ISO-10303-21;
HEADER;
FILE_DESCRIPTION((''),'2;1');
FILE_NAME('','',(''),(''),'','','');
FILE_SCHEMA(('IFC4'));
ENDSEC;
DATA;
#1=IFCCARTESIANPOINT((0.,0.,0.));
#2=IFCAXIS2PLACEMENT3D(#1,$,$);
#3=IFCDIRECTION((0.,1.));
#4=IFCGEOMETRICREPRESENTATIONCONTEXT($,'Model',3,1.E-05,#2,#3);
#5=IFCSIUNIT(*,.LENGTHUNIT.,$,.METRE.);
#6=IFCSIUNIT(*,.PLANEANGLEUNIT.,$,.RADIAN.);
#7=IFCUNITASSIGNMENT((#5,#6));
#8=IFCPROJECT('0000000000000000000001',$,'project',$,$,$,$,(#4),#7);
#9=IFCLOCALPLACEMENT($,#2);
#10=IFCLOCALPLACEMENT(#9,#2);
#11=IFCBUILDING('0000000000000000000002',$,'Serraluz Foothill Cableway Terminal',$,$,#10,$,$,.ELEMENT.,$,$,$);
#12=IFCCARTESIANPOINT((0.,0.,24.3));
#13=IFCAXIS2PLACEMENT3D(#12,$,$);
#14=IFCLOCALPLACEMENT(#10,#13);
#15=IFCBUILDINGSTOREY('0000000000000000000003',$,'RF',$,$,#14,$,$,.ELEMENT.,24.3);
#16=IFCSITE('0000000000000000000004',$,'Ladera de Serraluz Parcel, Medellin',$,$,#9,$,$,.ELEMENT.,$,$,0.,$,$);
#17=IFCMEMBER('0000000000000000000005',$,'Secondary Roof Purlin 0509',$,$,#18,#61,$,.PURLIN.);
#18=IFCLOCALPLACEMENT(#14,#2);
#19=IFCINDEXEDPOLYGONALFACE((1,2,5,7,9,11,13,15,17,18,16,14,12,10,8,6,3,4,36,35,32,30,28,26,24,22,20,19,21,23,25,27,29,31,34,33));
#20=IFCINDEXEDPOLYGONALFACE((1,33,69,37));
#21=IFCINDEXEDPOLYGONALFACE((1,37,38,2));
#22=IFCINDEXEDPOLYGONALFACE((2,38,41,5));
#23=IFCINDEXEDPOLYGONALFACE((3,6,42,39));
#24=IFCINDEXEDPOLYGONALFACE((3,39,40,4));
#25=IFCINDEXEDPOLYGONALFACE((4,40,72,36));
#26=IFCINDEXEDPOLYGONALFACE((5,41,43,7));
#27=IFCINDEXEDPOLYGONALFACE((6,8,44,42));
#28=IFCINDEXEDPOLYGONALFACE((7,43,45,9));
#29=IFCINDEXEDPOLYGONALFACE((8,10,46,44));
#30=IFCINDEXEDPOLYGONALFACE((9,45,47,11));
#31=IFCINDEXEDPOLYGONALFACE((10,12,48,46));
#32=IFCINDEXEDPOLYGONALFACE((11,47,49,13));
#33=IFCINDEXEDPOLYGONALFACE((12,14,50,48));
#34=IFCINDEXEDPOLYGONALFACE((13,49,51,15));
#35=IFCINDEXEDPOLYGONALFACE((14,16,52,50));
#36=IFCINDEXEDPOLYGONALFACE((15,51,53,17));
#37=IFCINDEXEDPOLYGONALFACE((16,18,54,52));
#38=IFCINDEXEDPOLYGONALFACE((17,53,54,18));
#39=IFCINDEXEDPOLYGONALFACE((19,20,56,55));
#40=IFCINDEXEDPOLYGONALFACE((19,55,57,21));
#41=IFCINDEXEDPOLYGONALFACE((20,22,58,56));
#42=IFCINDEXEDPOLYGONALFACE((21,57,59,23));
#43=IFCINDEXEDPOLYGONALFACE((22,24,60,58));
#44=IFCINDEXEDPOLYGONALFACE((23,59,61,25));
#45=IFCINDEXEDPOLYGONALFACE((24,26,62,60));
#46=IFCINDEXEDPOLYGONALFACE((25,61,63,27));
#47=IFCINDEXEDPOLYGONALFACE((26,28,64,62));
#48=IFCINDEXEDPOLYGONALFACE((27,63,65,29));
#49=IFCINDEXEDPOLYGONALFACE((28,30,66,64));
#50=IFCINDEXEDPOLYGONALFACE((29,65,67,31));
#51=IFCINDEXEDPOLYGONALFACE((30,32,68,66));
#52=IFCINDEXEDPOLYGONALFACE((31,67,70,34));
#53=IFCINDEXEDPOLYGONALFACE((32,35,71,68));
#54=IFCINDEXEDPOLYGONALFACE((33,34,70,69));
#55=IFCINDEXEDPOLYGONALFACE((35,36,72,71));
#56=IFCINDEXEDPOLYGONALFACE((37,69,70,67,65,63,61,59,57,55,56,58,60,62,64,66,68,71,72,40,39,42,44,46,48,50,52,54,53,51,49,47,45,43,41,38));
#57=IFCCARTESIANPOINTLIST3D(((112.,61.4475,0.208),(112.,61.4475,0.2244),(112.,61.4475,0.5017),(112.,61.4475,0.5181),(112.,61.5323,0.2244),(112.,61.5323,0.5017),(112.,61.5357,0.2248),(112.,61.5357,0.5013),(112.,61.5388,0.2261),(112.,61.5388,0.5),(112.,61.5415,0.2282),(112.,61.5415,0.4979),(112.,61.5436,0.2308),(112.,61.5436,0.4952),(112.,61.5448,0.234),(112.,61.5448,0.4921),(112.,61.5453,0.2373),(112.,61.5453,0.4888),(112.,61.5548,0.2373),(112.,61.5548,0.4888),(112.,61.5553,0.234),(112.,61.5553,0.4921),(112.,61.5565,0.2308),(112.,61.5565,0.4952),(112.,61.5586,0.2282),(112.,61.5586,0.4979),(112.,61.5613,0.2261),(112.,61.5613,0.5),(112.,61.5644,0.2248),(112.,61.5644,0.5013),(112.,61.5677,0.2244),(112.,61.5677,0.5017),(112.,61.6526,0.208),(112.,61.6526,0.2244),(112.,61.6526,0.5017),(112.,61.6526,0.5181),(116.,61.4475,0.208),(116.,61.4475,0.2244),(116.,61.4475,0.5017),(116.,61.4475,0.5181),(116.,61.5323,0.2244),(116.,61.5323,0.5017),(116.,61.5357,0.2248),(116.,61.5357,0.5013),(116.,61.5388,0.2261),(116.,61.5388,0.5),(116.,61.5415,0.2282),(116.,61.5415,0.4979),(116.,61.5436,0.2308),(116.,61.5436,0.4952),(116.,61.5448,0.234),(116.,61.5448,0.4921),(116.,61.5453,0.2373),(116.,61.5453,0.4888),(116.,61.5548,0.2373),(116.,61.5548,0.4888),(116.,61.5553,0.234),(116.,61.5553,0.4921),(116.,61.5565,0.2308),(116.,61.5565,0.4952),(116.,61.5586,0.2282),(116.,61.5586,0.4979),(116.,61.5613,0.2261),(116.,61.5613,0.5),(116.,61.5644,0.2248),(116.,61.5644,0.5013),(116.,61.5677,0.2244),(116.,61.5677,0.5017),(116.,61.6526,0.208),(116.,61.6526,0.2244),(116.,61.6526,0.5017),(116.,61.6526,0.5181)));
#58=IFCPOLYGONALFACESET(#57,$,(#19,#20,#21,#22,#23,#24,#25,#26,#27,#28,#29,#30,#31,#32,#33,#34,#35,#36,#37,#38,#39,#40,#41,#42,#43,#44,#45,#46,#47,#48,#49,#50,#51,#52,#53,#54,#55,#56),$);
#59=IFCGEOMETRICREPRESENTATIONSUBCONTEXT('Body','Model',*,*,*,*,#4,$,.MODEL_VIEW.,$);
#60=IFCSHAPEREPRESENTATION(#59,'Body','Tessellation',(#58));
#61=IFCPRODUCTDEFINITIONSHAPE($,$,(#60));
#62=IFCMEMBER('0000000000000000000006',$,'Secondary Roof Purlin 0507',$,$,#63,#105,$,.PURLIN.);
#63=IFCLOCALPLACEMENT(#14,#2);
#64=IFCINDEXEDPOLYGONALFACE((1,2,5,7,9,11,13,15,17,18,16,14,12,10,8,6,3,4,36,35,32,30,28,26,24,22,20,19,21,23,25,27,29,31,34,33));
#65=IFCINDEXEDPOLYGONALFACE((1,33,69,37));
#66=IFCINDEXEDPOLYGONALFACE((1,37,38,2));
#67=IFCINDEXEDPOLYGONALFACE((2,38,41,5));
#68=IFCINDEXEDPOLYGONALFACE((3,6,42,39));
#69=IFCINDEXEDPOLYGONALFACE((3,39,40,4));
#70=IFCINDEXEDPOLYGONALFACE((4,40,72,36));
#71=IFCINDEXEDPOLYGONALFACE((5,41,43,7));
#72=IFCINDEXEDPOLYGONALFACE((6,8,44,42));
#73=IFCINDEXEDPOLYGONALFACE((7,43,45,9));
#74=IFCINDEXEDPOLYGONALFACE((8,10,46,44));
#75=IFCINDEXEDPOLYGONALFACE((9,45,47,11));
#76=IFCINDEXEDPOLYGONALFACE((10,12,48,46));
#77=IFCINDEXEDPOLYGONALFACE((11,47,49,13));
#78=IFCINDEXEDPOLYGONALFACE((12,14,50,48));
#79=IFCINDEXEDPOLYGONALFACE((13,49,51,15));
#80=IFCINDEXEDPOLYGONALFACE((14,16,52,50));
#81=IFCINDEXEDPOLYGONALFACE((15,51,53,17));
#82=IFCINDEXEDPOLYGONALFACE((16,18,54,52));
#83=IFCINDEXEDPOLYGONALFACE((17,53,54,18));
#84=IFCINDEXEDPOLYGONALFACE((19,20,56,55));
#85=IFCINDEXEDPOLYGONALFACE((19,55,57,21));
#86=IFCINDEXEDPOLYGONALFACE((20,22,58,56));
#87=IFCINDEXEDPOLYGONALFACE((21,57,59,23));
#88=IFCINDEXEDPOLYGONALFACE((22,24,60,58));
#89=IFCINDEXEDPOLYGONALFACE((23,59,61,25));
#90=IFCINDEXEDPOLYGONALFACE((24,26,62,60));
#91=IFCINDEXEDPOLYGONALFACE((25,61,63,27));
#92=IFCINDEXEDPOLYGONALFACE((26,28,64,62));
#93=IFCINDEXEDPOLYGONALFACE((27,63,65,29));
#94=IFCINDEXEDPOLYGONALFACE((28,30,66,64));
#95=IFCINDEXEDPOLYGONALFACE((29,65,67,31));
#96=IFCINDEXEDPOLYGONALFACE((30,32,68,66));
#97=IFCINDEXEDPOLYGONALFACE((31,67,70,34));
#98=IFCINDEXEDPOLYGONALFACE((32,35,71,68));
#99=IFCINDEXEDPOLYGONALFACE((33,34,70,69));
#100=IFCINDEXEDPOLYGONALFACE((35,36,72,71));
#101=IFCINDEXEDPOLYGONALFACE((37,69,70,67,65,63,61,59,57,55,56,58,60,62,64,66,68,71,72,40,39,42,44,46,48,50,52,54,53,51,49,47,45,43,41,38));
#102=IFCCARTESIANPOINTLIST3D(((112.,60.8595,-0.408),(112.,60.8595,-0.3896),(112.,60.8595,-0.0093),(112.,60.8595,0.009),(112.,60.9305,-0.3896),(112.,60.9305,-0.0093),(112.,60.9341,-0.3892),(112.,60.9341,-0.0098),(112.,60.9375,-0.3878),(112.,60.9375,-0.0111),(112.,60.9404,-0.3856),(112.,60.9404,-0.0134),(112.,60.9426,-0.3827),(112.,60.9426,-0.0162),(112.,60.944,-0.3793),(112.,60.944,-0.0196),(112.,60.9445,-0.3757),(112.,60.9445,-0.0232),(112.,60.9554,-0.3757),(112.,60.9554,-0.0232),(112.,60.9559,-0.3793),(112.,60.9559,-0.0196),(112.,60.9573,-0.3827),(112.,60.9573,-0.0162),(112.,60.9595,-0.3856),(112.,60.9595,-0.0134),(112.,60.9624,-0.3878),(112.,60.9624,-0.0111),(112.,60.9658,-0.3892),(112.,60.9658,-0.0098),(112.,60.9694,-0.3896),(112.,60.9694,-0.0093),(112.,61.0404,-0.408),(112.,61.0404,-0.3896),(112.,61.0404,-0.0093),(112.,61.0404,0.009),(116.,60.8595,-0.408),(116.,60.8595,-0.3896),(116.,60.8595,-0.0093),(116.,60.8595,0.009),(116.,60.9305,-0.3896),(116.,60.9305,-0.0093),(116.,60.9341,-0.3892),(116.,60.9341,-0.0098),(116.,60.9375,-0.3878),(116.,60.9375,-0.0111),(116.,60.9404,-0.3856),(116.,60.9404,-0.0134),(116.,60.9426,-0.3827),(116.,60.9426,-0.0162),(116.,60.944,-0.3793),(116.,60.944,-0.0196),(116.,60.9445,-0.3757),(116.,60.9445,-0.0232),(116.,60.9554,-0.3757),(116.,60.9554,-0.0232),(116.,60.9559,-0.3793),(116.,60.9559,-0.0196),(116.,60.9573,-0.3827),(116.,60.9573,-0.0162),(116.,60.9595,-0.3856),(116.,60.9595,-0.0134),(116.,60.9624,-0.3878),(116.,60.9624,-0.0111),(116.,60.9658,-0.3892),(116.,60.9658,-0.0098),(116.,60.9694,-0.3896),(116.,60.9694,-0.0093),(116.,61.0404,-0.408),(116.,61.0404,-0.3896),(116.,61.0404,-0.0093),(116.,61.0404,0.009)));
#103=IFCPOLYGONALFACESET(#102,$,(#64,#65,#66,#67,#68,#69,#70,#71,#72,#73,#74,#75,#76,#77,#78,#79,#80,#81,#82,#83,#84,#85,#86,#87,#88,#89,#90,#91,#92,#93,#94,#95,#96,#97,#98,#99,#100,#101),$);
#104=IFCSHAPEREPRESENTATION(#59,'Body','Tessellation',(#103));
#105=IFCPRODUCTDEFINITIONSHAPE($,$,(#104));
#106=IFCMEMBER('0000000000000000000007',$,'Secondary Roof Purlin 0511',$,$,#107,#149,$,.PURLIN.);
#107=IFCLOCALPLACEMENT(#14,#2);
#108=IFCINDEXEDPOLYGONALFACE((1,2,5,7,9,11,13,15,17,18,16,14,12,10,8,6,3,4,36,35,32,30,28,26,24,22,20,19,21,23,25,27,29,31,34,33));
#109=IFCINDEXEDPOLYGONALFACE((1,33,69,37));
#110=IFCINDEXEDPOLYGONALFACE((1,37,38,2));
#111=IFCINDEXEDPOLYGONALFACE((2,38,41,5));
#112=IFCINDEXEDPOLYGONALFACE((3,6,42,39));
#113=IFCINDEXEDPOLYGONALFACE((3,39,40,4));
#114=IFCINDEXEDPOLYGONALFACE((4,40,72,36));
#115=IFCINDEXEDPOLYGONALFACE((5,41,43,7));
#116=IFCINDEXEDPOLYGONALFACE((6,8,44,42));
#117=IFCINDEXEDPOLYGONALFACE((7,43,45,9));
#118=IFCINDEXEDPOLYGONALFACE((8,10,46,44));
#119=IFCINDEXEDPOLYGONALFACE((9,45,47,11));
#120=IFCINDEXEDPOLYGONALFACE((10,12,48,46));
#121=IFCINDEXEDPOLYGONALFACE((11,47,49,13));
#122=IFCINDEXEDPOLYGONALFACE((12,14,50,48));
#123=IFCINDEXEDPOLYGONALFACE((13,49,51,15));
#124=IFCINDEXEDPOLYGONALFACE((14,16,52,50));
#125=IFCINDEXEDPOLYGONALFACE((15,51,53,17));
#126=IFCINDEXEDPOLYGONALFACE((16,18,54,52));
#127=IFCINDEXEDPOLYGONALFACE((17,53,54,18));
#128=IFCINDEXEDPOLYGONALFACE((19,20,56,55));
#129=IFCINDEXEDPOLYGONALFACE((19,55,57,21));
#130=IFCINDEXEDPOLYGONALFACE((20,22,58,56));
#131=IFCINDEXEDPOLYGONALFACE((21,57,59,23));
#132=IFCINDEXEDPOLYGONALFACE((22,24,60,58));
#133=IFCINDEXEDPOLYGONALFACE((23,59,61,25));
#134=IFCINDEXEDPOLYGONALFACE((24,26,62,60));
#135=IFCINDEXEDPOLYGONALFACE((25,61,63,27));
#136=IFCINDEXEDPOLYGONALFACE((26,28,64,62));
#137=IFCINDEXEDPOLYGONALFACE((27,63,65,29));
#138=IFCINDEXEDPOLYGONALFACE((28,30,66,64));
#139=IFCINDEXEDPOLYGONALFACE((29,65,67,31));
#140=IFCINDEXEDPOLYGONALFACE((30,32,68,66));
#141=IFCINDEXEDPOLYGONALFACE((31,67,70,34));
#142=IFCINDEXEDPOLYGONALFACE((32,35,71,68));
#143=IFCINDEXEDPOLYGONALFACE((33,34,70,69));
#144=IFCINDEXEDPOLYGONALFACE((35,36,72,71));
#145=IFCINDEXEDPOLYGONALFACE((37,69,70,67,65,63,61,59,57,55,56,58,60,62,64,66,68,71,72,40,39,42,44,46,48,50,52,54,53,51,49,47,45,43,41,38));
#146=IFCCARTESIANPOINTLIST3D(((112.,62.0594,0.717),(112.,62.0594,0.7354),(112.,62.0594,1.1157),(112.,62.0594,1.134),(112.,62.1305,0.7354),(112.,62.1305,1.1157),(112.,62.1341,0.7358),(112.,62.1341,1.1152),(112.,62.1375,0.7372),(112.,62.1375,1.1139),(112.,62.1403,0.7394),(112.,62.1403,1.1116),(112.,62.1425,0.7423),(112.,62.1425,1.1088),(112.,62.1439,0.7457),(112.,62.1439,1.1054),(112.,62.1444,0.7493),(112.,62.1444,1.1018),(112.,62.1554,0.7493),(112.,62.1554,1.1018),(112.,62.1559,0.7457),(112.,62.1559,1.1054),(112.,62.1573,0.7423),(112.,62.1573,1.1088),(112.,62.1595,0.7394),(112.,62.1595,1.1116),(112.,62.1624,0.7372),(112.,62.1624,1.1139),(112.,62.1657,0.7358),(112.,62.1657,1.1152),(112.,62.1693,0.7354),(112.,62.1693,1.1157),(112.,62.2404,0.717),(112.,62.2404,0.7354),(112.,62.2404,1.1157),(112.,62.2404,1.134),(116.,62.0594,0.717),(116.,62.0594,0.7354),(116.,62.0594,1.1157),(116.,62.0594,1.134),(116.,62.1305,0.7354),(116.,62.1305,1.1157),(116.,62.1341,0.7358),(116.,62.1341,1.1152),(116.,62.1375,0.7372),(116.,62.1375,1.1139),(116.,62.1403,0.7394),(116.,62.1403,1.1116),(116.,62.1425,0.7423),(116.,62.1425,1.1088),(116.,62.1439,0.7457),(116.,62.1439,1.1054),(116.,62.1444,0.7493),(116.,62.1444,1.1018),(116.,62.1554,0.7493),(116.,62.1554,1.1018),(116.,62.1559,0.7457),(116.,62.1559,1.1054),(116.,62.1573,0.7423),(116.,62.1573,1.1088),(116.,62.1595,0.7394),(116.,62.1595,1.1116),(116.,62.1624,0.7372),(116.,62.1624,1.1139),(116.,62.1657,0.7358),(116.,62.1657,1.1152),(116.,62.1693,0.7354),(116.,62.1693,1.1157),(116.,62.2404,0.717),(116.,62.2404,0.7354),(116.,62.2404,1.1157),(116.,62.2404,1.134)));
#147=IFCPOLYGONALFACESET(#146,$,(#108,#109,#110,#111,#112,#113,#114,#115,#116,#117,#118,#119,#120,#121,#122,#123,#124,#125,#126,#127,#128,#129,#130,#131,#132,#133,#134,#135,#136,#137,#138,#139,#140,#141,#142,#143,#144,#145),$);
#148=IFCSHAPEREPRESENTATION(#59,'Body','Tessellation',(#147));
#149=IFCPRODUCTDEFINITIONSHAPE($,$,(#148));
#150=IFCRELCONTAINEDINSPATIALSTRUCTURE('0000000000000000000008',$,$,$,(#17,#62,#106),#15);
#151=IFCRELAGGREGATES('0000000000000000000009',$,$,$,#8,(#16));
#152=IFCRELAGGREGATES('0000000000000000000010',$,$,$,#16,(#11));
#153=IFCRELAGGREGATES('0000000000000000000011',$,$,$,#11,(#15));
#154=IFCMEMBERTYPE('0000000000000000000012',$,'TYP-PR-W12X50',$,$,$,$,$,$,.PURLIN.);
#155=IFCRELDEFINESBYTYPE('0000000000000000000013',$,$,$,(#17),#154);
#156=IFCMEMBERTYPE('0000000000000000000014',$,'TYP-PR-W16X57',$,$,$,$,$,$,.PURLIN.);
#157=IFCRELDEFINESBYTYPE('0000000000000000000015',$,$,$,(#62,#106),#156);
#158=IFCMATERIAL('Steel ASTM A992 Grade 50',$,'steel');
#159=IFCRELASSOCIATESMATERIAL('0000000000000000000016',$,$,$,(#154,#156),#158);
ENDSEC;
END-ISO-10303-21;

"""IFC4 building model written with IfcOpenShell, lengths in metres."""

from ifc_helpers import new_model, si_unit, direction, frame, origin, origin_2d, place, context, subcontext, project, spatial, i_section, extrude, material, material_profile, profile_set, type_object, element, save


model = new_model("IFC4")

# Units and contexts
model_context = context("Model", 3, precision=1e-05, world=origin(), true_north=direction((0.0, 1.0)))
body_context = subcontext(model_context, "Body", "Model", "MODEL_VIEW")
ifc_project = project(units=[si_unit("LENGTHUNIT", "METRE"), si_unit("PLANEANGLEUNIT", "RADIAN")], contexts=[model_context])

# Site, building, storey
site_placement = place(None, origin())
site = spatial("IfcSite", under=ifc_project, at=site_placement, Name="Ladera de Serraluz Parcel, Medellin", CompositionType="ELEMENT", RefElevation=0.0)
building_placement = place(site_placement, origin())
building = spatial("IfcBuilding", under=site, at=building_placement, Name="Serraluz Foothill Cableway Terminal", CompositionType="ELEMENT")
storey_placement = place(building_placement, frame((0.0, 0.0, 24.3)))
storey = spatial("IfcBuildingStorey", under=building, at=storey_placement, Name="RF", CompositionType="ELEMENT", Elevation=24.3)

# Members
ifc_material_1 = material(Name="Steel ASTM A992 Grade 50", Category="steel")
ifc_material_profile_1 = material_profile(ifc_material_1, i_section(OverallWidth=0.2051, OverallDepth=0.3101, WebThickness=0.0095, FlangeThickness=0.0164, FilletRadius=0.0129, at=origin_2d()), Name="W12X50")
ifc_profile_set_1 = profile_set([ifc_material_profile_1], Name="Steel ASTM A992 Grade 50")
member_type_1 = type_object("IfcMemberType", Name="TYP-PR-W12X50", PredefinedType="PURLIN", material=ifc_profile_set_1)
for number, where, z_axis, x_axis, name in (
    (1, (112.0, 61.55, 0.363), (1.0, 0.0, 0.0), (0.0, 1.0, 0.0), "Secondary Roof Purlin 0509"),
):
    element("IfcMember", number, at=place(storey_placement, frame(where, z_axis=z_axis, x_axis=x_axis)), inside=storey, type_object=member_type_1, Name=name, PredefinedType="PURLIN", context=body_context, shape_type="SweptSolid", body=[
        extrude(i_section(OverallWidth=0.2051, OverallDepth=0.3101, WebThickness=0.0095, FlangeThickness=0.0164, FilletRadius=0.0129, at=origin_2d()), origin(), (0.0, 0.0, 1.0), 4.0),
    ])
ifc_material_profile_2 = material_profile(ifc_material_1, i_section(OverallWidth=0.1809, OverallDepth=0.417, WebThickness=0.011, FlangeThickness=0.0183, FilletRadius=0.0139, at=origin_2d()), Name="W16X57")
ifc_profile_set_2 = profile_set([ifc_material_profile_2], Name="Steel ASTM A992 Grade 50")
member_type_2 = type_object("IfcMemberType", Name="TYP-PR-W16X57", PredefinedType="PURLIN", material=ifc_profile_set_2)
for number, where, z_axis, x_axis, name in (
    (2, (112.0, 60.95, -0.1995), (1.0, 0.0, 0.0), (0.0, 1.0, 0.0), "Secondary Roof Purlin 0507"),
    (3, (112.0, 62.1499, 0.9255), (1.0, 0.0, 0.0), (0.0, 1.0, 0.0), "Secondary Roof Purlin 0511"),
):
    element("IfcMember", number, at=place(storey_placement, frame(where, z_axis=z_axis, x_axis=x_axis)), inside=storey, type_object=member_type_2, Name=name, PredefinedType="PURLIN", context=body_context, shape_type="SweptSolid", body=[
        extrude(i_section(OverallWidth=0.1809, OverallDepth=0.417, WebThickness=0.011, FlangeThickness=0.0183, FilletRadius=0.0139, at=origin_2d()), origin(), (0.0, 0.0, 1.0), 4.0),
    ])

save(model, "model.ifc")
